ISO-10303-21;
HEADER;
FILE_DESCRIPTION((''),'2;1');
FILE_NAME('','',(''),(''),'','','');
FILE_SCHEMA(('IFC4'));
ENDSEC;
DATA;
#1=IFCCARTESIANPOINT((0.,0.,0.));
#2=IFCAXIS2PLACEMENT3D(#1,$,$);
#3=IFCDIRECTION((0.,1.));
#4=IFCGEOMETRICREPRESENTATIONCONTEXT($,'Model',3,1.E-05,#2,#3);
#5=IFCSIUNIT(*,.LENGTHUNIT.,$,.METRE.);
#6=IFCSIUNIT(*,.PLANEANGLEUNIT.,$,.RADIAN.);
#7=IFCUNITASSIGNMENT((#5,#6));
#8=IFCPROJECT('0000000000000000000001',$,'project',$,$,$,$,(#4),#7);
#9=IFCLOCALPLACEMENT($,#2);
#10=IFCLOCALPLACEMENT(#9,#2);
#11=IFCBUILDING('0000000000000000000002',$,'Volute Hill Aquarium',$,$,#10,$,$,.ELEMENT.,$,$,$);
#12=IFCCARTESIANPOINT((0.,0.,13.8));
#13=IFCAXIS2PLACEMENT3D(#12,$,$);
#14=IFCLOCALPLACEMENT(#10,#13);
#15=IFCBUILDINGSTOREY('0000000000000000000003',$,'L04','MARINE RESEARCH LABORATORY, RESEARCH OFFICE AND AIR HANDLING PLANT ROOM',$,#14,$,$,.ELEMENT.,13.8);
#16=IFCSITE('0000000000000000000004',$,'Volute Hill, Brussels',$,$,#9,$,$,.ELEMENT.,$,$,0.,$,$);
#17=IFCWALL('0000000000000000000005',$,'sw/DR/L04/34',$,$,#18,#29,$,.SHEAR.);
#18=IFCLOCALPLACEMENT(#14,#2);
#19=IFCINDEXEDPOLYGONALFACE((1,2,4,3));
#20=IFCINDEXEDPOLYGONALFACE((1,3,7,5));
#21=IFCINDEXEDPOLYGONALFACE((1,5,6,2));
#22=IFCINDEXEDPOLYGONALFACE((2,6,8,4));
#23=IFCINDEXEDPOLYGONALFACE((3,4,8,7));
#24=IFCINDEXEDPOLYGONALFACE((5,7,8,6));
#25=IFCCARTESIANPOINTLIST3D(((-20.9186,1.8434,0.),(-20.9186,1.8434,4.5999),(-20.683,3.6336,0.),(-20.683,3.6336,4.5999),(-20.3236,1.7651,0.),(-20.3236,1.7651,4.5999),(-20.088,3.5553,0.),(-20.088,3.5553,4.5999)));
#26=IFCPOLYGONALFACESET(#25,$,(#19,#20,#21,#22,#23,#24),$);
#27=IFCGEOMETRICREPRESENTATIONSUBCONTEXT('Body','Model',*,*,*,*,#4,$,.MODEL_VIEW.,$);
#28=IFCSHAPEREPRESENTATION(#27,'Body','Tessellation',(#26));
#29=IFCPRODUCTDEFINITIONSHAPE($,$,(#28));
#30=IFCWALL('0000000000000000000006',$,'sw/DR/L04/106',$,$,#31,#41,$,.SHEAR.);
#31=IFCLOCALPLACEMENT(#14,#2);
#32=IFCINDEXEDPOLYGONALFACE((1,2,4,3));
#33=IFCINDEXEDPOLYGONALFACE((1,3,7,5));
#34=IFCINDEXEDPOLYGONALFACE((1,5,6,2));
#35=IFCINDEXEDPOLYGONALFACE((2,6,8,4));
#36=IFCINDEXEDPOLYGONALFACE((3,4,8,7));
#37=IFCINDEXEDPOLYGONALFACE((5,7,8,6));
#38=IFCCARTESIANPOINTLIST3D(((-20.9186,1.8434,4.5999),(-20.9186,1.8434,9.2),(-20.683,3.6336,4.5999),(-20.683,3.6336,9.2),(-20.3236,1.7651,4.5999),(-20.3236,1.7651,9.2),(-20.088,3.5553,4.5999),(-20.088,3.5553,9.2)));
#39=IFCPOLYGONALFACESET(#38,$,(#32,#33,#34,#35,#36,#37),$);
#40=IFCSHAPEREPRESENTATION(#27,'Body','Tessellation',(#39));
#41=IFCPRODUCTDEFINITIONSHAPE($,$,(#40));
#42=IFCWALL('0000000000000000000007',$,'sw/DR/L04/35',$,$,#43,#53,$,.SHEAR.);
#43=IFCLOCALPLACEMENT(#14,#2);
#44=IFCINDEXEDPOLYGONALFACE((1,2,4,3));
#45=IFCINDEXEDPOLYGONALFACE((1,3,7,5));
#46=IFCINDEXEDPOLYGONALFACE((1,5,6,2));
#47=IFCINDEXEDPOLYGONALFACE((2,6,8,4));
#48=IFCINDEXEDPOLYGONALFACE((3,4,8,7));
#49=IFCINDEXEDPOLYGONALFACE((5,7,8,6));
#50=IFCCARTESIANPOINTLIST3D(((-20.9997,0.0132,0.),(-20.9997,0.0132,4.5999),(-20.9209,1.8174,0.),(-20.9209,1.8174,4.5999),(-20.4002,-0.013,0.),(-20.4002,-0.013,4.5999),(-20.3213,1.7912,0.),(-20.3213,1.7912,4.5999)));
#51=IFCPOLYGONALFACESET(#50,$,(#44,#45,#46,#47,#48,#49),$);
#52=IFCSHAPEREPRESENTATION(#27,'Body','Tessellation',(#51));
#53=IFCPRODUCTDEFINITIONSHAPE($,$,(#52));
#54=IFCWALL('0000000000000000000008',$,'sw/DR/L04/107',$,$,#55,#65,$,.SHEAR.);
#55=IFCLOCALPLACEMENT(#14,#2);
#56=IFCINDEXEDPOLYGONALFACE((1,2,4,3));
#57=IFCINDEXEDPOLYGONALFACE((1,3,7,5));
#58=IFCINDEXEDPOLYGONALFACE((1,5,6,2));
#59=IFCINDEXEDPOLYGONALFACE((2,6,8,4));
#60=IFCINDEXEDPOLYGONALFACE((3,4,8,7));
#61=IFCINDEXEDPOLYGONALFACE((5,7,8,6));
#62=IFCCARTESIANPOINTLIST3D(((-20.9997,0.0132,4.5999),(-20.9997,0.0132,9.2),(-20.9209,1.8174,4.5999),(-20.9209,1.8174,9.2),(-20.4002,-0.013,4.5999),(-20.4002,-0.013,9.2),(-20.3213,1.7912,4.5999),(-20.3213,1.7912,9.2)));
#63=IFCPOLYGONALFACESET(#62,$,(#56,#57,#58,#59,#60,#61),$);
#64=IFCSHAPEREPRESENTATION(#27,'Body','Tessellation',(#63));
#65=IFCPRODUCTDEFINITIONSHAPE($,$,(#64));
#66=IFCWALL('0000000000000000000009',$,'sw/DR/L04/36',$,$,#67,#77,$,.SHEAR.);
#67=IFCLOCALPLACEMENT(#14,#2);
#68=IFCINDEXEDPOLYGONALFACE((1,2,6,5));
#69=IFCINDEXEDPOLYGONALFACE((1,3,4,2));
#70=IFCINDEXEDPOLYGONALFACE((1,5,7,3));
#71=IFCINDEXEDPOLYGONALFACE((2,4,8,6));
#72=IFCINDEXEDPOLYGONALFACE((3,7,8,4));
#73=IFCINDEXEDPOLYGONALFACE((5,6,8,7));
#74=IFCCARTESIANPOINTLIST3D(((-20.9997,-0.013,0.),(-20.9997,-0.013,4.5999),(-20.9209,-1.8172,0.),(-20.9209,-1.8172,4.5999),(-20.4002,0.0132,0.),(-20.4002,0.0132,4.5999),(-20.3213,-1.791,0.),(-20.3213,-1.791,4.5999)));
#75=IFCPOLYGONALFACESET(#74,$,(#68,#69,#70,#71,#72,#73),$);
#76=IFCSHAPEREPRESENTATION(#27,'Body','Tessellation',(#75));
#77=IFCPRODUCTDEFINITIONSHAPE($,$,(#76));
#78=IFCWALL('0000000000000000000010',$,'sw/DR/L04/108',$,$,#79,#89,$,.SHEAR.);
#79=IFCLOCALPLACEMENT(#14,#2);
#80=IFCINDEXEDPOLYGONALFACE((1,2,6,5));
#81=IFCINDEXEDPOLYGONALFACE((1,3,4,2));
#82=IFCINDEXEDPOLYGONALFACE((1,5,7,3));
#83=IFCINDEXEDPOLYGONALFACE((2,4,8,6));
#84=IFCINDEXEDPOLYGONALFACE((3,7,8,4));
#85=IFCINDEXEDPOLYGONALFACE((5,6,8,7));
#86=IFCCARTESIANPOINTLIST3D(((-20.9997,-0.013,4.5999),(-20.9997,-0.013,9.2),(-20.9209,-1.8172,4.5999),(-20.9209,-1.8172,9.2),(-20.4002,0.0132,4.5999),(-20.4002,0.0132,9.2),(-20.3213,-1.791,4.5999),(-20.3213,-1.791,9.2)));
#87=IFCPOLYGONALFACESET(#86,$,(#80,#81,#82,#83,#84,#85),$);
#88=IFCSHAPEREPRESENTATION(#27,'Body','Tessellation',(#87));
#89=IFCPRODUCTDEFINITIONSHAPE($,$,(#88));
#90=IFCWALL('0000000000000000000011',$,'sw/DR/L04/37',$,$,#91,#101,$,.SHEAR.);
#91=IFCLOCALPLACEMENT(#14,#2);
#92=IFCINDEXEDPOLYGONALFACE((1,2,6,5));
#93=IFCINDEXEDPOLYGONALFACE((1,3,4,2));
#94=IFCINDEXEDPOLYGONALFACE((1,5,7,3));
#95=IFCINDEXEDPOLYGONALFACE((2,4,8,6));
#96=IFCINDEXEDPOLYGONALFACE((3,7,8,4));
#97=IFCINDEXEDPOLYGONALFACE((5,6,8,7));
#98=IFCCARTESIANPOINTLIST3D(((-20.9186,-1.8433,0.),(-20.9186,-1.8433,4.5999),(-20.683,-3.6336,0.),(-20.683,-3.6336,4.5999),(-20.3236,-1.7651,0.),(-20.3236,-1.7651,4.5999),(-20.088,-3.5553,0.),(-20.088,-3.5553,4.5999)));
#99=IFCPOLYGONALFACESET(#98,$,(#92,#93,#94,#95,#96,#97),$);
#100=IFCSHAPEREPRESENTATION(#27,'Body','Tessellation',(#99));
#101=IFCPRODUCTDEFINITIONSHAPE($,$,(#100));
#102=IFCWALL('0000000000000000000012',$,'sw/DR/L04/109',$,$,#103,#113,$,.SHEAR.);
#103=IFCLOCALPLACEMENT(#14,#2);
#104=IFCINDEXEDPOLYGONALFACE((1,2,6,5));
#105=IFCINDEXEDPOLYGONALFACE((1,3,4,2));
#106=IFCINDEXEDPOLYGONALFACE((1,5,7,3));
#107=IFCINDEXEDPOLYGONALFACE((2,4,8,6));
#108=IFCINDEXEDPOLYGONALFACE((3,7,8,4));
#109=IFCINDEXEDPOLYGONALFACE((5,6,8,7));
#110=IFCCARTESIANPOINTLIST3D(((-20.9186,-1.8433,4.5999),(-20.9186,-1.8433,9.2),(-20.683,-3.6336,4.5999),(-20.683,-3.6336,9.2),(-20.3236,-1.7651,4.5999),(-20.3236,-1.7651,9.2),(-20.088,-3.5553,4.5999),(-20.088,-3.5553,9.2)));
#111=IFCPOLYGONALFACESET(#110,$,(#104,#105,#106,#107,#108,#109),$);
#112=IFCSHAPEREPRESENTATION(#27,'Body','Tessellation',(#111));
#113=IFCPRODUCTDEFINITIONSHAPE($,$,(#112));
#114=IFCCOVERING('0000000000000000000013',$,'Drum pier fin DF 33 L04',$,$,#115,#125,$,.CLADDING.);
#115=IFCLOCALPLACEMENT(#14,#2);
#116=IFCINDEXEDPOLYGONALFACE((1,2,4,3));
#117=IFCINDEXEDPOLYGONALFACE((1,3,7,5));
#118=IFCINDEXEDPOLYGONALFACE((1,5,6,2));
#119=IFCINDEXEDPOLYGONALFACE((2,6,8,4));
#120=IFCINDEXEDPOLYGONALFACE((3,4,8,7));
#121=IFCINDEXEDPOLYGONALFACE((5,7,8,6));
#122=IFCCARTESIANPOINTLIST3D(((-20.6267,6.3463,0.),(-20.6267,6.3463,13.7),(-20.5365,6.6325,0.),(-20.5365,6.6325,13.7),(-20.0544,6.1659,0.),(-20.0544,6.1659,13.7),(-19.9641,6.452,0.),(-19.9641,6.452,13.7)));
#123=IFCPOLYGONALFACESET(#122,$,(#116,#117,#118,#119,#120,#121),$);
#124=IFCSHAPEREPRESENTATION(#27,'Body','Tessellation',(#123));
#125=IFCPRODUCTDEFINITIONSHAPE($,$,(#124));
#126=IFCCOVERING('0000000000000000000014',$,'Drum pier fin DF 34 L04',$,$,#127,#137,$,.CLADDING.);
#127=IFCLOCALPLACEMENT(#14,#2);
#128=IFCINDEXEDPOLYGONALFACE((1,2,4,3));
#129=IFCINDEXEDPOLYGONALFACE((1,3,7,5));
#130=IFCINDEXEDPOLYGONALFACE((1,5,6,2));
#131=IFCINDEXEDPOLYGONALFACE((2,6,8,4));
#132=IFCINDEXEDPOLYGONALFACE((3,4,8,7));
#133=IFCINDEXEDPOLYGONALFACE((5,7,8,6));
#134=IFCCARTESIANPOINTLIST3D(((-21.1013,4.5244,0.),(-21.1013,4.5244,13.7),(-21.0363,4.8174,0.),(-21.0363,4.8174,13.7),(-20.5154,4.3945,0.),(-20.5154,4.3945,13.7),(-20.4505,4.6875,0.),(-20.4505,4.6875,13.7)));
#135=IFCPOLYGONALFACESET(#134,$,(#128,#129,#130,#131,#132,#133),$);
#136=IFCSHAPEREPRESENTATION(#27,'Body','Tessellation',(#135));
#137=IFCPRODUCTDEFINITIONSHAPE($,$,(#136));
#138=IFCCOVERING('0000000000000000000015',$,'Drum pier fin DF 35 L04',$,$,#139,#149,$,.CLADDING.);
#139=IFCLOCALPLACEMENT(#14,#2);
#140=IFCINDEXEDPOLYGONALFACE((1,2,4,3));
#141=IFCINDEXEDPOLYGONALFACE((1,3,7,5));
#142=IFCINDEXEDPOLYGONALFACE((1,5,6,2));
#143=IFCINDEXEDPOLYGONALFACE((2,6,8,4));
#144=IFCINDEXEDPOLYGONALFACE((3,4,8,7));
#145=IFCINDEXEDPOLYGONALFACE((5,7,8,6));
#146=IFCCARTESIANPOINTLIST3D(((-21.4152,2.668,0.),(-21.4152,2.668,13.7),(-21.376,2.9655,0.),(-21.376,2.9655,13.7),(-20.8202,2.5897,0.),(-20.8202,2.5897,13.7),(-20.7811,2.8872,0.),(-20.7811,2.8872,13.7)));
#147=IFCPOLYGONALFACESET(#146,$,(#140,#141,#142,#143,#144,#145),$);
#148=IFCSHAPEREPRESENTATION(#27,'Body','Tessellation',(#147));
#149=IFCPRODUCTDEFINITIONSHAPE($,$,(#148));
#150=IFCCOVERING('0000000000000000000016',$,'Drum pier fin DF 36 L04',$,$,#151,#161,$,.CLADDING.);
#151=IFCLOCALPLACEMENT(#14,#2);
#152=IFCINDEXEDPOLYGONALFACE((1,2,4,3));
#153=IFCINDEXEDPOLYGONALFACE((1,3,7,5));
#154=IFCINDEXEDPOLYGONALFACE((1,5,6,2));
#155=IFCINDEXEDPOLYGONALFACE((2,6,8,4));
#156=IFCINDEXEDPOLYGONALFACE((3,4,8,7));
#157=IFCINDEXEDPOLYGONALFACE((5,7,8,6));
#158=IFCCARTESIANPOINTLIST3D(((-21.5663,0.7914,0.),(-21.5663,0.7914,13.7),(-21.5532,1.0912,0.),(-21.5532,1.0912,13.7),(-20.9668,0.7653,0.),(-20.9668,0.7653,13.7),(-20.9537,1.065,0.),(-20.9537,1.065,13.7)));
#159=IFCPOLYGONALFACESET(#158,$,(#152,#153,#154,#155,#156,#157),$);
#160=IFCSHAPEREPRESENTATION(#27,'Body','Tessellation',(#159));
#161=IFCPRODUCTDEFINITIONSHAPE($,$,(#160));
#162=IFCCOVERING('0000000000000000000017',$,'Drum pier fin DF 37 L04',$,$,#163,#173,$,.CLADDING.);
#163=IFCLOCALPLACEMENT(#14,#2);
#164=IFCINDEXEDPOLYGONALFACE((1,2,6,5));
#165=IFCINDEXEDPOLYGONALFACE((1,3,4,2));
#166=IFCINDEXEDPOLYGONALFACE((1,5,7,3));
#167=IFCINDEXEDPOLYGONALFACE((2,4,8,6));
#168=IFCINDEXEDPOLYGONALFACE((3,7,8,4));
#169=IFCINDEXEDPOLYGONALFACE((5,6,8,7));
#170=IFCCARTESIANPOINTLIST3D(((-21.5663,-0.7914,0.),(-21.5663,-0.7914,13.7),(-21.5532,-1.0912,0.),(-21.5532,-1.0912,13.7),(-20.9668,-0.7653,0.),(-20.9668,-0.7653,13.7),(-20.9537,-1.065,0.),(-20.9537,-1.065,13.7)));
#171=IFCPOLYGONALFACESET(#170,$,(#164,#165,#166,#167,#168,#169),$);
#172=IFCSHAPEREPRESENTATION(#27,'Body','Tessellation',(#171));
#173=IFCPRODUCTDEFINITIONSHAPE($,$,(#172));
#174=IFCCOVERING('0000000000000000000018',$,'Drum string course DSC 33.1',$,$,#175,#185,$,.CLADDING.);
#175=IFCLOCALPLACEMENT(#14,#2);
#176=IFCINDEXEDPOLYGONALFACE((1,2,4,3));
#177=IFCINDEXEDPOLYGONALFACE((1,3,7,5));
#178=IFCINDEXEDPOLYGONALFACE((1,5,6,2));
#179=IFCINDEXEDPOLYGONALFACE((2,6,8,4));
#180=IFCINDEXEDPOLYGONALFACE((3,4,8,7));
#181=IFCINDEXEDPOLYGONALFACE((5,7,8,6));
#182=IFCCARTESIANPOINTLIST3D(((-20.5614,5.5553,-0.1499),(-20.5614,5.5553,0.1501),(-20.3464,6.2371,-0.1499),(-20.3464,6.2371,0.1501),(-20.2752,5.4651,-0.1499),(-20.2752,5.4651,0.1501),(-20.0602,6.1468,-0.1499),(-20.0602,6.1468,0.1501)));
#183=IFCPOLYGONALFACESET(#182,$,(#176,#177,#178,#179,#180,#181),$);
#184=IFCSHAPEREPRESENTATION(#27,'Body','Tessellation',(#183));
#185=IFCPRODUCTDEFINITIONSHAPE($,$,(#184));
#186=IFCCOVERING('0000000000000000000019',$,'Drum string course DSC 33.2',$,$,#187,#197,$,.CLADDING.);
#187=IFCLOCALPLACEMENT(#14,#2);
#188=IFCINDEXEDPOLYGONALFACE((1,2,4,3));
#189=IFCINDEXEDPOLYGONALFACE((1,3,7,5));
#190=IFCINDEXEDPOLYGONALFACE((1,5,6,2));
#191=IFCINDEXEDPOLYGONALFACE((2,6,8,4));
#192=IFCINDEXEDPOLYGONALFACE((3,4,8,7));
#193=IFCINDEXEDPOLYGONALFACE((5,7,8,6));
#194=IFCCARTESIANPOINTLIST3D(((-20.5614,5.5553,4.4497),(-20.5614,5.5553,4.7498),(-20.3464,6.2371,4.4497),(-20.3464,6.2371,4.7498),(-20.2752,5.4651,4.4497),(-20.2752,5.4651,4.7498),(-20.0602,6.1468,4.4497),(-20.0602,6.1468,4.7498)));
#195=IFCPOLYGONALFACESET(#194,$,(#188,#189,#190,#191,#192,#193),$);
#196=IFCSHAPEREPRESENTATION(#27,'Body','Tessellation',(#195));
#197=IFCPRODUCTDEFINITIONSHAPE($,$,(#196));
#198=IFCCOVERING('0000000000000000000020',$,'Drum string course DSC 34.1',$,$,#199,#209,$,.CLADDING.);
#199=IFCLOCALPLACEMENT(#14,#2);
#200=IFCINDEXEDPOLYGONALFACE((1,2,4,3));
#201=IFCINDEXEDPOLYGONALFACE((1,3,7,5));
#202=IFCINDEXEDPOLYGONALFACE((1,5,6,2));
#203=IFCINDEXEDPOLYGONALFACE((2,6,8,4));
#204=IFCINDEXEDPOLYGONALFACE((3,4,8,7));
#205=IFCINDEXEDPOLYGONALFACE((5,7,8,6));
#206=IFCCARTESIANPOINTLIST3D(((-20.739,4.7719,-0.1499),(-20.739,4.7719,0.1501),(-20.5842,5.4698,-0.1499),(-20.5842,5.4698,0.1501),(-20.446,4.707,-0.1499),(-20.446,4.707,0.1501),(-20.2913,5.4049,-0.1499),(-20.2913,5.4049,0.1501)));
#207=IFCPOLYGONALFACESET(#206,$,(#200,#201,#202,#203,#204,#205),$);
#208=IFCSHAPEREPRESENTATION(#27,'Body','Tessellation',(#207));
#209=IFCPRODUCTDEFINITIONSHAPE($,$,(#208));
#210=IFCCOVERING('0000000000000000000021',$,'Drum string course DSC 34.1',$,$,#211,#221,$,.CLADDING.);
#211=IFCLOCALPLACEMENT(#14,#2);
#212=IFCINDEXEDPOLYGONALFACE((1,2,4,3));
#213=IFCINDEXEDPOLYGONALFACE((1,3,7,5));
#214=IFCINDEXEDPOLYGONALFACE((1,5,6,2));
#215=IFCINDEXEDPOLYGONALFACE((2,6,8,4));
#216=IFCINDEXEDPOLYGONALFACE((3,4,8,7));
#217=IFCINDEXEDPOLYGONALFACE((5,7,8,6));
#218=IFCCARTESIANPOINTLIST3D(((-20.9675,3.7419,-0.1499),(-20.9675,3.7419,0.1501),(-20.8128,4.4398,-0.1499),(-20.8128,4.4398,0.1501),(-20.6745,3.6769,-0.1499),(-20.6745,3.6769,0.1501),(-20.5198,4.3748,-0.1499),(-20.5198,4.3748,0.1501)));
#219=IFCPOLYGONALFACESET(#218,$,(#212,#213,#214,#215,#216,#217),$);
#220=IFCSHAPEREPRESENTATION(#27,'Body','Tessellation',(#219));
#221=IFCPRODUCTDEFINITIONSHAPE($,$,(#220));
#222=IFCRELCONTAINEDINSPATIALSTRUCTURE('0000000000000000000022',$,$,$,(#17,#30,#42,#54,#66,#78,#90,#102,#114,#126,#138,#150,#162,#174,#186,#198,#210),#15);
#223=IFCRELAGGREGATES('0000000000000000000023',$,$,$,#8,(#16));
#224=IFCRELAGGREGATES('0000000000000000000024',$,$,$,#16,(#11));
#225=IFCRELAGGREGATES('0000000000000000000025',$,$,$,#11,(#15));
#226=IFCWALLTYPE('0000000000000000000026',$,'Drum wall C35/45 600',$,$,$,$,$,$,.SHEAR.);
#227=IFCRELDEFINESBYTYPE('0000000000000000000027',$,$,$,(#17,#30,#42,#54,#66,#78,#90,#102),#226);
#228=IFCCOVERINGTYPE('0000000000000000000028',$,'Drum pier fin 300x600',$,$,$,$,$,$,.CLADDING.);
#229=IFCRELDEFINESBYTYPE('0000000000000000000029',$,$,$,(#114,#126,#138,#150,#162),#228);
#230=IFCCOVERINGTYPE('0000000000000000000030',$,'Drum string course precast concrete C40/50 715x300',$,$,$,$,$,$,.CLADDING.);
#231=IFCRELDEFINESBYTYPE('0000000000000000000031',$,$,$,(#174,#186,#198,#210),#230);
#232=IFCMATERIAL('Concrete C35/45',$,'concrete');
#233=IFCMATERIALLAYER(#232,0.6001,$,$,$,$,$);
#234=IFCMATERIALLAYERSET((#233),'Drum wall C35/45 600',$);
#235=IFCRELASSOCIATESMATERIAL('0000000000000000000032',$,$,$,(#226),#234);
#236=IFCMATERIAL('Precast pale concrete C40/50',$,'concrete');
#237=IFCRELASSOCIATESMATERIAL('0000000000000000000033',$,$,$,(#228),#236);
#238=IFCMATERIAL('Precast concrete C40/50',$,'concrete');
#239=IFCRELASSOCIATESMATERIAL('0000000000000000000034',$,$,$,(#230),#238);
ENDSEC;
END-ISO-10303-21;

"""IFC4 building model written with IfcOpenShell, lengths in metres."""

from ifc_helpers import new_model, si_unit, direction, frame, frame_2d, origin, origin_2d, place, context, subcontext, project, spatial, rectangle, extrude, material, layer, layer_set, type_object, element, save


model = new_model("IFC4")

# Units and contexts
model_context = context("Model", 3, precision=1e-05, world=origin(), true_north=direction((0.0, 1.0)))
body_context = subcontext(model_context, "Body", "Model", "MODEL_VIEW")
ifc_project = project(units=[si_unit("LENGTHUNIT", "METRE"), si_unit("PLANEANGLEUNIT", "RADIAN")], contexts=[model_context])

# Site, building, storey
site_placement = place(None, origin())
site = spatial("IfcSite", under=ifc_project, at=site_placement, Name="Volute Hill, Brussels", CompositionType="ELEMENT", RefElevation=0.0)
building_placement = place(site_placement, origin())
building = spatial("IfcBuilding", under=site, at=building_placement, Name="Volute Hill Aquarium", CompositionType="ELEMENT")
storey_placement = place(building_placement, frame((0.0, 0.0, 13.8)))
storey = spatial("IfcBuildingStorey", under=building, at=storey_placement, Name="L04", Description="MARINE RESEARCH LABORATORY, RESEARCH OFFICE AND AIR HANDLING PLANT ROOM", CompositionType="ELEMENT", Elevation=13.8)

# Walls
ifc_material_1 = material(Name="Concrete C35/45", Category="concrete")
ifc_layer = layer(ifc_material_1, 0.6001)
ifc_layer_set = layer_set([ifc_layer], Name="Drum wall C35/45 600")
wall_type = type_object("IfcWallType", Name="Drum wall C35/45 600", PredefinedType="SHEAR", material=ifc_layer_set)
wall_1_placement = place(storey_placement, frame((-20.3855, 3.5945, 0.0), z_axis=(0.0, 0.0, 1.0), x_axis=(-0.130472, -0.991452, 0.0)))
element("IfcWall", 1, at=wall_1_placement, inside=storey, type_object=wall_type, Name="sw/DR/L04/34", PredefinedType="SHEAR", context=body_context, shape_type="SweptSolid", body=[
    extrude(rectangle(XDim=1.8057, YDim=0.6001, at=frame_2d((0.9028, 0.0))), origin(), (0.0, 0.0, 1.0), 4.5999),
])
wall_2_placement = place(storey_placement, frame((-20.3855, 3.5945, 4.5999), z_axis=(0.0, 0.0, 1.0), x_axis=(-0.130472, -0.991452, 0.0)))
element("IfcWall", 2, at=wall_2_placement, inside=storey, type_object=wall_type, Name="sw/DR/L04/106", PredefinedType="SHEAR", context=body_context, shape_type="SweptSolid", body=[
    extrude(rectangle(XDim=1.8057, YDim=0.6001, at=frame_2d((0.9028, 0.0))), origin(), (0.0, 0.0, 1.0), 4.6001),
])
wall_3_placement = place(storey_placement, frame((-20.6211, 1.8042, 0.0), z_axis=(0.0, 0.0, 1.0), x_axis=(-0.043666, -0.999046, 0.0)))
element("IfcWall", 3, at=wall_3_placement, inside=storey, type_object=wall_type, Name="sw/DR/L04/35", PredefinedType="SHEAR", context=body_context, shape_type="SweptSolid", body=[
    extrude(rectangle(XDim=1.8059, YDim=0.6001, at=frame_2d((0.9028, 0.0))), origin(), (0.0, 0.0, 1.0), 4.5999),
])
wall_4_placement = place(storey_placement, frame((-20.6211, 1.8042, 4.5999), z_axis=(0.0, 0.0, 1.0), x_axis=(-0.043666, -0.999046, 0.0)))
element("IfcWall", 4, at=wall_4_placement, inside=storey, type_object=wall_type, Name="sw/DR/L04/107", PredefinedType="SHEAR", context=body_context, shape_type="SweptSolid", body=[
    extrude(rectangle(XDim=1.8059, YDim=0.6001, at=frame_2d((0.9028, 0.0))), origin(), (0.0, 0.0, 1.0), 4.6001),
])
wall_5_placement = place(storey_placement, frame((-20.7, 0.0, 0.0), z_axis=(0.0, 0.0, 1.0), x_axis=(0.043666, -0.999046, 0.0)))
element("IfcWall", 5, at=wall_5_placement, inside=storey, type_object=wall_type, Name="sw/DR/L04/36", PredefinedType="SHEAR", context=body_context, shape_type="SweptSolid", body=[
    extrude(rectangle(XDim=1.8059, YDim=0.6001, at=frame_2d((0.9028, 0.0))), origin(), (0.0, 0.0, 1.0), 4.5999),
])
wall_6_placement = place(storey_placement, frame((-20.7, 0.0, 4.5999), z_axis=(0.0, 0.0, 1.0), x_axis=(0.043666, -0.999046, 0.0)))
element("IfcWall", 6, at=wall_6_placement, inside=storey, type_object=wall_type, Name="sw/DR/L04/108", PredefinedType="SHEAR", context=body_context, shape_type="SweptSolid", body=[
    extrude(rectangle(XDim=1.8059, YDim=0.6001, at=frame_2d((0.9028, 0.0))), origin(), (0.0, 0.0, 1.0), 4.6001),
])
wall_7_placement = place(storey_placement, frame((-20.6211, -1.8042, 0.0), z_axis=(0.0, 0.0, 1.0), x_axis=(0.130472, -0.991452, 0.0)))
element("IfcWall", 7, at=wall_7_placement, inside=storey, type_object=wall_type, Name="sw/DR/L04/37", PredefinedType="SHEAR", context=body_context, shape_type="SweptSolid", body=[
    extrude(rectangle(XDim=1.8057, YDim=0.6001, at=frame_2d((0.9028, 0.0))), origin(), (0.0, 0.0, 1.0), 4.5999),
])
wall_8_placement = place(storey_placement, frame((-20.6211, -1.8042, 4.5999), z_axis=(0.0, 0.0, 1.0), x_axis=(0.130472, -0.991452, 0.0)))
element("IfcWall", 8, at=wall_8_placement, inside=storey, type_object=wall_type, Name="sw/DR/L04/109", PredefinedType="SHEAR", context=body_context, shape_type="SweptSolid", body=[
    extrude(rectangle(XDim=1.8057, YDim=0.6001, at=frame_2d((0.9028, 0.0))), origin(), (0.0, 0.0, 1.0), 4.6001),
])

# Coverings
ifc_material_2 = material(Name="Precast pale concrete C40/50", Category="concrete")
covering_type_1 = type_object("IfcCoveringType", Name="Drum pier fin 300x600", PredefinedType="CLADDING", material=ifc_material_2)
for number, where, z_axis, x_axis, name in (
    (9, (-20.2954, 6.3992, 0.0), (0.0, 0.0, 1.0), (-0.300706, -0.953717, 0.0), "Drum pier fin DF 33 L04"),
    (10, (-20.7759, 4.606, 0.0), (0.0, 0.0, 1.0), (-0.21644, -0.976296, 0.0), "Drum pier fin DF 34 L04"),
    (11, (-21.0981, 2.7776, 0.0), (0.0, 0.0, 1.0), (-0.130526, -0.991445, 0.0), "Drum pier fin DF 35 L04"),
    (12, (-21.26, 0.9282, 0.0), (0.0, 0.0, 1.0), (-0.043619, -0.999048, 0.0), "Drum pier fin DF 36 L04"),
    (13, (-21.26, -0.9282, 0.0), (0.0, 0.0, 1.0), (0.043619, -0.999048, 0.0), "Drum pier fin DF 37 L04"),
):
    element("IfcCovering", number, at=place(storey_placement, frame(where, z_axis=z_axis, x_axis=x_axis)), inside=storey, type_object=covering_type_1, Name=name, PredefinedType="CLADDING", context=body_context, shape_type="SweptSolid", body=[
        extrude(rectangle(XDim=0.3, YDim=0.6001, at=origin_2d()), origin(), (0.0, 0.0, 1.0), 13.7),
    ])
ifc_material_3 = material(Name="Precast concrete C40/50", Category="concrete")
covering_type_2 = type_object("IfcCoveringType", Name="Drum string course precast concrete C40/50 715x300", PredefinedType="CLADDING", material=ifc_material_3)
for number, where, z_axis, x_axis, name in (
    (14, (-20.3108, 5.8511, -0.1499), (0.0, 0.0, 1.0), (-0.300706, -0.953717, 0.0), "Drum string course DSC 33.1"),
    (15, (-20.3108, 5.8511, 4.4497), (0.0, 0.0, 1.0), (-0.300706, -0.953717, 0.0), "Drum string course DSC 33.2"),
    (16, (-20.5151, 5.0884, -0.1499), (0.0, 0.0, 1.0), (-0.21644, -0.976296, 0.0), "Drum string course DSC 34.1"),
    (17, (-20.7437, 4.0583, -0.1499), (0.0, 0.0, 1.0), (-0.21644, -0.976296, 0.0), "Drum string course DSC 34.1"),
):
    element("IfcCovering", number, at=place(storey_placement, frame(where, z_axis=z_axis, x_axis=x_axis)), inside=storey, type_object=covering_type_2, Name=name, PredefinedType="CLADDING", context=body_context, shape_type="SweptSolid", body=[
        extrude(rectangle(XDim=0.7148, YDim=0.3, at=origin_2d()), origin(), (0.0, 0.0, 1.0), 0.3),
    ])

save(model, "model.ifc")
